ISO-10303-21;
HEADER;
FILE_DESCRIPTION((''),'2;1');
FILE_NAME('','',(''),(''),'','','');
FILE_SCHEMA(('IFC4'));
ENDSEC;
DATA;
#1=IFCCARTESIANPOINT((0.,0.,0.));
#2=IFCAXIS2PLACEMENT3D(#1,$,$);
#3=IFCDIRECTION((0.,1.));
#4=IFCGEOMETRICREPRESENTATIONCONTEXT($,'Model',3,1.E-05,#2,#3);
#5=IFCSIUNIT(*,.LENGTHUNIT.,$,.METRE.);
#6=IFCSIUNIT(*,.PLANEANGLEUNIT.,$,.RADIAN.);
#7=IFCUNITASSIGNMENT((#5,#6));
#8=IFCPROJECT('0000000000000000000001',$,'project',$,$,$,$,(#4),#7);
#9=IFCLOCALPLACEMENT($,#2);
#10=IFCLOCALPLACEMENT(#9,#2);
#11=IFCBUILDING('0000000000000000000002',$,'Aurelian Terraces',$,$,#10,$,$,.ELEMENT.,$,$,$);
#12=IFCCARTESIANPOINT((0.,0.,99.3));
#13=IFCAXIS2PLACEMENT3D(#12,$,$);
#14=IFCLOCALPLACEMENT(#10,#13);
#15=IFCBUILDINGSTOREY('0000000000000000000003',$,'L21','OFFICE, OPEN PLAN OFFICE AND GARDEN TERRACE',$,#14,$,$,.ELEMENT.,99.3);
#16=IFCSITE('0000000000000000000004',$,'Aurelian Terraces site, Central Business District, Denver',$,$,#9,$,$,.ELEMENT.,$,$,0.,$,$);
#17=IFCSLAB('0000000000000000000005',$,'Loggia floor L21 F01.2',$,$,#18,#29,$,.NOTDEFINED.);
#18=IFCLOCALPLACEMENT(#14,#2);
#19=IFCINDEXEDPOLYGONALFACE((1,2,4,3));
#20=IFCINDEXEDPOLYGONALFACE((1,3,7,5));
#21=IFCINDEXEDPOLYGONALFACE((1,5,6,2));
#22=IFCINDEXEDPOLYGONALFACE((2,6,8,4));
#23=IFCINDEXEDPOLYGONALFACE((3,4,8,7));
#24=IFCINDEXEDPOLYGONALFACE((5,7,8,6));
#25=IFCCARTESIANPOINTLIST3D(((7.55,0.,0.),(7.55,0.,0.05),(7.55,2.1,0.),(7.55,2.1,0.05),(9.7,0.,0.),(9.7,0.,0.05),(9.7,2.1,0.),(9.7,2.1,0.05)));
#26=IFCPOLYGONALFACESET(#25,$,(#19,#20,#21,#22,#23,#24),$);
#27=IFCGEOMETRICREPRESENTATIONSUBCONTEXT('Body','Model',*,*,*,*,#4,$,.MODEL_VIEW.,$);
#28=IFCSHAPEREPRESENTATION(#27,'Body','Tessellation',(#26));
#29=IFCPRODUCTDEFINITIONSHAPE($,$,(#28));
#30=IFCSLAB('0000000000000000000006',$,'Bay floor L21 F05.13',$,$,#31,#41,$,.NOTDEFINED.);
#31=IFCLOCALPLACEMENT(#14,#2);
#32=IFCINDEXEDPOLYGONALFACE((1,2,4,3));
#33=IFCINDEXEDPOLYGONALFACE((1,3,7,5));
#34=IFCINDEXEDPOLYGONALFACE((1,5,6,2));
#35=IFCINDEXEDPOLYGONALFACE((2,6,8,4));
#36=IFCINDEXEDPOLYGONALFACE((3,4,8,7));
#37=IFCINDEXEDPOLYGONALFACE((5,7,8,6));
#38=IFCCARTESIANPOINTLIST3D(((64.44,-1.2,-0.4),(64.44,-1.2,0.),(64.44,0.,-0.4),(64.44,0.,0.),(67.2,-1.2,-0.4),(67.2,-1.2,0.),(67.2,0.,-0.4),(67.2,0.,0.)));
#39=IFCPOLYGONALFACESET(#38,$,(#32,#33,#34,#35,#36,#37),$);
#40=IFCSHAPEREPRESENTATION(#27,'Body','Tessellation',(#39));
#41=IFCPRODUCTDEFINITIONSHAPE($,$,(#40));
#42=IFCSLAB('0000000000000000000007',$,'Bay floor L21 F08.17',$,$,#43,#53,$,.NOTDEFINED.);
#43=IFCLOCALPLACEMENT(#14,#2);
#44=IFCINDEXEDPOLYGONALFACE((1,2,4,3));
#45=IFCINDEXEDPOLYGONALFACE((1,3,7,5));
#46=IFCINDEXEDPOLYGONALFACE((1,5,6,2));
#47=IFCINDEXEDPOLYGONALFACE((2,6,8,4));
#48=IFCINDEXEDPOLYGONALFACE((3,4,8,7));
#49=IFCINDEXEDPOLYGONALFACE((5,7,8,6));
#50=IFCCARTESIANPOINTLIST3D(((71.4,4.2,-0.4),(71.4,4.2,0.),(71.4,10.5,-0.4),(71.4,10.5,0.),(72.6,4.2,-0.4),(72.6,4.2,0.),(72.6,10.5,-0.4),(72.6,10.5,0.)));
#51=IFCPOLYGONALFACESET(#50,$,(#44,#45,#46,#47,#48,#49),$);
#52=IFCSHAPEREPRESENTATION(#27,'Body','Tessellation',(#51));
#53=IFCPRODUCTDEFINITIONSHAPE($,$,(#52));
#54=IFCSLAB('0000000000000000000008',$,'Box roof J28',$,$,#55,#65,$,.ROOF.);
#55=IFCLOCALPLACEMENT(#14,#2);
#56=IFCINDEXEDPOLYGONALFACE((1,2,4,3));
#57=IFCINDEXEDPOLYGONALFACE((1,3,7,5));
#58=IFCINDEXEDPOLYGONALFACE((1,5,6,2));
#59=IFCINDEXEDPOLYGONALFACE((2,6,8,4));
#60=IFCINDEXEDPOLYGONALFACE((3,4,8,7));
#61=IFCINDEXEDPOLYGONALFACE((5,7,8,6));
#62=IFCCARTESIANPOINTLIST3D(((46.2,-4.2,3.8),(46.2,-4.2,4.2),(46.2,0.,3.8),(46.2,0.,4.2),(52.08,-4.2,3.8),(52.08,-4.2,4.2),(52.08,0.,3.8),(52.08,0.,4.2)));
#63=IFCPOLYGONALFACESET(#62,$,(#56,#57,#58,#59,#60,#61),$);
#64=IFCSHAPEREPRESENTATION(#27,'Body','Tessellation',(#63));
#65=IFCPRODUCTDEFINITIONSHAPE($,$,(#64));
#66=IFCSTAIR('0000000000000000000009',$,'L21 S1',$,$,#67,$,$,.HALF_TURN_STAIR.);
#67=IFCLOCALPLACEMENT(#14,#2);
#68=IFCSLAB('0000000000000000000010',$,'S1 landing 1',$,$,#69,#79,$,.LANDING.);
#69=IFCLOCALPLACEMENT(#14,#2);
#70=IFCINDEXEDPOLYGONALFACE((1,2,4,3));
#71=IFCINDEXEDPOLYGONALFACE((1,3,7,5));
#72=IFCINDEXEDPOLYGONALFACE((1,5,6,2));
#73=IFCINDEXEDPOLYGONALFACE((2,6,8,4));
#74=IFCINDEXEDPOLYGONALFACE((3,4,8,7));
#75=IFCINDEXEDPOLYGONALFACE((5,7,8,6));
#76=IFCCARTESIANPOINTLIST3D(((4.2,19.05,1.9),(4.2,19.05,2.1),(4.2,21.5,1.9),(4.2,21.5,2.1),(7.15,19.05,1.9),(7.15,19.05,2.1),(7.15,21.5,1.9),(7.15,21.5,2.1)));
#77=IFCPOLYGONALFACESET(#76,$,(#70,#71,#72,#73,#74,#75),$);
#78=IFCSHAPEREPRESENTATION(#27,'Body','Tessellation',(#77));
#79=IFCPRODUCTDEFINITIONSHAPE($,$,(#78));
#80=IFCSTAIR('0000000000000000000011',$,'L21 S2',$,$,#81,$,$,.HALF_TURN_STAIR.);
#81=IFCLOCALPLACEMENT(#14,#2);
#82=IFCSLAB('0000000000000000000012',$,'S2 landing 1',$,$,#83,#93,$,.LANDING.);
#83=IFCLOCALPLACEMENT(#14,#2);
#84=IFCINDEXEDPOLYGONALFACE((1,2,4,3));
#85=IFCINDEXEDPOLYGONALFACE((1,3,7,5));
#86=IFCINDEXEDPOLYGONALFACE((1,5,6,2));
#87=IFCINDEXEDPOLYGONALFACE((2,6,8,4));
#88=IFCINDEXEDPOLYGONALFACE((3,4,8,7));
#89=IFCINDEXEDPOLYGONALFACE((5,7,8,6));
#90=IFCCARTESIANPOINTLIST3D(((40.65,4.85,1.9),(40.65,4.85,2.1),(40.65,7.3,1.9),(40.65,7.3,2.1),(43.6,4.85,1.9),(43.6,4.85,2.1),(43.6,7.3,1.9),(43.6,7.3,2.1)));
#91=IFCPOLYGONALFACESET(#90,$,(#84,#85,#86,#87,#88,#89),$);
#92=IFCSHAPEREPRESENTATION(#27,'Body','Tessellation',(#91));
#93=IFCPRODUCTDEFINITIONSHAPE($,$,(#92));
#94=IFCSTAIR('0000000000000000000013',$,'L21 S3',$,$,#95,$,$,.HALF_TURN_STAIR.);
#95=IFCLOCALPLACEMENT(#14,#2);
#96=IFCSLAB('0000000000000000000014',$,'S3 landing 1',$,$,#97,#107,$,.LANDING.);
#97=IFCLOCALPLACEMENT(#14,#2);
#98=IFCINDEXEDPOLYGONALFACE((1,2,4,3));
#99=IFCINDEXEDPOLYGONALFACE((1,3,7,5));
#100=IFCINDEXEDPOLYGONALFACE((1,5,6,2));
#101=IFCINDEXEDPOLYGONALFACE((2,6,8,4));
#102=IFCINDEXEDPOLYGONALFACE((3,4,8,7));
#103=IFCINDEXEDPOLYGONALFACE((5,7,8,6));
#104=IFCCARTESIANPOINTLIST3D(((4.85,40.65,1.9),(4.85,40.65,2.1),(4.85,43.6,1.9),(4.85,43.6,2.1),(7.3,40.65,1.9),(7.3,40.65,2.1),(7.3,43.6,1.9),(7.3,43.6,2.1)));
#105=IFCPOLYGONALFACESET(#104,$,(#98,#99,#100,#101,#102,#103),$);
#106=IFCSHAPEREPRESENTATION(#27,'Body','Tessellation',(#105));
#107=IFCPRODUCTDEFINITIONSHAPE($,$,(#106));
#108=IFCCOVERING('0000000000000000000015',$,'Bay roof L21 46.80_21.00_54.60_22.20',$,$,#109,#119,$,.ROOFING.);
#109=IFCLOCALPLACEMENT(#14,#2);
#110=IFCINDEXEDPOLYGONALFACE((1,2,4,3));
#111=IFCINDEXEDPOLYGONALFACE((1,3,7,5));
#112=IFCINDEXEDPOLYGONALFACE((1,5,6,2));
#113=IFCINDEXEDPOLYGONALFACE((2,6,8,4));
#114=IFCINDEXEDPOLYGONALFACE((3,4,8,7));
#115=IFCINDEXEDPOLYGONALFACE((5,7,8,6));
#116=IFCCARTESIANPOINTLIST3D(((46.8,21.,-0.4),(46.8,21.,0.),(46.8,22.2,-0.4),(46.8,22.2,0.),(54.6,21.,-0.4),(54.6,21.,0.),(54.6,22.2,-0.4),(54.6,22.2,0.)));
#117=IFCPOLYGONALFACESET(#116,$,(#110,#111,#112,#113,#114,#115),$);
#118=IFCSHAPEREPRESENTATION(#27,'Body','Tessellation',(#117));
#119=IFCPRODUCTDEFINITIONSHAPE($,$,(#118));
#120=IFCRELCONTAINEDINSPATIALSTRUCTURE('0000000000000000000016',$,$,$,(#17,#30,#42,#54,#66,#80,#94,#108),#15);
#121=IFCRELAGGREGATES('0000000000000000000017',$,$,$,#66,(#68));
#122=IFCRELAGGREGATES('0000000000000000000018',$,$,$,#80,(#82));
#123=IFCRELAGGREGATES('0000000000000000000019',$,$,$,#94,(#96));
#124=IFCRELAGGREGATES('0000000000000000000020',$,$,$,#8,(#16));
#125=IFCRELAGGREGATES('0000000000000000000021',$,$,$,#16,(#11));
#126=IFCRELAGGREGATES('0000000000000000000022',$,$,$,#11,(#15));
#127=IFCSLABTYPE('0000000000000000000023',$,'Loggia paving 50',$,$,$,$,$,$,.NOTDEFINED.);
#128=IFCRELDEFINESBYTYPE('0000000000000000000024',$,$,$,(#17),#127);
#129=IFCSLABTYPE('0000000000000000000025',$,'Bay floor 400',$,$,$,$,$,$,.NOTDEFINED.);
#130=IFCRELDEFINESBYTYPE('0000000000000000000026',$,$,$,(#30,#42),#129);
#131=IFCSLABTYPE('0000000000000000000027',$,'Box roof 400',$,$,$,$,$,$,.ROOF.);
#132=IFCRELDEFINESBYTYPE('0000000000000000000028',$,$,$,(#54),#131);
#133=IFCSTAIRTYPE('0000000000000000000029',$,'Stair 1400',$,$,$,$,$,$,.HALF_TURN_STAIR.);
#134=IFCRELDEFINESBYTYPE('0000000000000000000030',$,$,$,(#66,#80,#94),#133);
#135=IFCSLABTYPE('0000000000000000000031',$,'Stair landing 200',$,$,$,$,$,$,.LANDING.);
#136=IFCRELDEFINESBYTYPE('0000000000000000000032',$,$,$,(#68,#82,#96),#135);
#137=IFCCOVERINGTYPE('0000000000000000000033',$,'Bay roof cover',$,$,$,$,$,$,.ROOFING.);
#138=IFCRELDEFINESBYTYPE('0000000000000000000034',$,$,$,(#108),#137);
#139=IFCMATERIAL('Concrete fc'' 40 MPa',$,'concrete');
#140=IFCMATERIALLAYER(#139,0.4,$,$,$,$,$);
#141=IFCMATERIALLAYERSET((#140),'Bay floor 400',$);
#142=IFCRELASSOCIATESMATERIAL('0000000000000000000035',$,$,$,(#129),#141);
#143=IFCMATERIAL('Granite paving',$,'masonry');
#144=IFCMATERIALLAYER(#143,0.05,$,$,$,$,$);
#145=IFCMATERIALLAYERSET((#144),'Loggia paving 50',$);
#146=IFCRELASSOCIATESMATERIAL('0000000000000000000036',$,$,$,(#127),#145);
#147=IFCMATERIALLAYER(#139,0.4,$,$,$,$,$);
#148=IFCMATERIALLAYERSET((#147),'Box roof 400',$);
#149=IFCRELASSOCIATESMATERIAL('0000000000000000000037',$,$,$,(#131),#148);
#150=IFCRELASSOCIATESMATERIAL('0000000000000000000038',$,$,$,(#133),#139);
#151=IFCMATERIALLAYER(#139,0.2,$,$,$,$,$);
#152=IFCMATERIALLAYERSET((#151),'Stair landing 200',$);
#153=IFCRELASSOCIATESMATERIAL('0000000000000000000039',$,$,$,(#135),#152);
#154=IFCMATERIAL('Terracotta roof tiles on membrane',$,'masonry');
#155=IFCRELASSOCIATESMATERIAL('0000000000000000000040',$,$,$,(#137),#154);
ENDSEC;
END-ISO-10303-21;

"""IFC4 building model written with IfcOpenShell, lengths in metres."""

from ifc_helpers import new_model, si_unit, direction, frame, origin, place, context, subcontext, project, spatial, polyline, outline, extrude, source, transform, mapped, material, layer, layer_set, type_object, element, aggregate, save


model = new_model("IFC4")

# Units and contexts
model_context = context("Model", 3, precision=1e-05, world=origin(), true_north=direction((0.0, 1.0)))
body_context = subcontext(model_context, "Body", "Model", "MODEL_VIEW")
ifc_project = project(units=[si_unit("LENGTHUNIT", "METRE"), si_unit("PLANEANGLEUNIT", "RADIAN")], contexts=[model_context])

# Site, building, storey
site_placement = place(None, origin())
site = spatial("IfcSite", under=ifc_project, at=site_placement, Name="Aurelian Terraces site, Central Business District, Denver", CompositionType="ELEMENT", RefElevation=0.0)
building_placement = place(site_placement, origin())
building = spatial("IfcBuilding", under=site, at=building_placement, Name="Aurelian Terraces", CompositionType="ELEMENT")
storey_placement = place(building_placement, frame((0.0, 0.0, 99.3)))
storey = spatial("IfcBuildingStorey", under=building, at=storey_placement, Name="L21", Description="OFFICE, OPEN PLAN OFFICE AND GARDEN TERRACE", CompositionType="ELEMENT", Elevation=99.3)

# Slabs
ifc_material_1 = material(Name="Concrete fc' 40 MPa", Category="concrete")
ifc_layer_1 = layer(ifc_material_1, 0.4)
ifc_layer_set_1 = layer_set([ifc_layer_1], Name="Bay floor 400")
slab_type_1 = type_object("IfcSlabType", Name="Bay floor 400", PredefinedType="NOTDEFINED", material=ifc_layer_set_1)
ifc_material_2 = material(Name="Granite paving", Category="masonry")
ifc_layer_2 = layer(ifc_material_2, 0.05)
ifc_layer_set_2 = layer_set([ifc_layer_2], Name="Loggia paving 50")
slab_type_2 = type_object("IfcSlabType", Name="Loggia paving 50", PredefinedType="NOTDEFINED", material=ifc_layer_set_2)
shared_shape_1 = source(origin(), body_context, "Body", "SweptSolid", [
    extrude(outline(polyline([(7.55, 0.0), (9.7, 0.0), (9.7, 2.1), (7.55, 2.1), (7.55, 0.0)])), origin(), (0.0, 0.0, 1.0), 0.05),
])
slab_1_placement = place(storey_placement, origin())
element("IfcSlab", 1, at=slab_1_placement, inside=storey, type_object=slab_type_2, Name="Loggia floor L21 F01.2", PredefinedType="NOTDEFINED", context=body_context, shape_type="MappedRepresentation", body=[
    mapped(shared_shape_1, transform((0.0, 0.0, 0.0), scale=1.0)),
])
shared_shape_2 = source(origin(), body_context, "Body", "SweptSolid", [
    extrude(outline(polyline([(64.44, 0.0), (67.2, 0.0), (67.2, -1.2), (64.44, -1.2), (64.44, 0.0)])), origin(), (0.0, 0.0, 1.0), 0.4),
])
slab_2_placement = place(storey_placement, frame((0.0, 0.0, -0.4)))
element("IfcSlab", 2, at=slab_2_placement, inside=storey, type_object=slab_type_1, Name="Bay floor L21 F05.13", PredefinedType="NOTDEFINED", context=body_context, shape_type="MappedRepresentation", body=[
    mapped(shared_shape_2, transform((0.0, 0.0, 0.0), scale=1.0)),
])
shared_shape_3 = source(origin(), body_context, "Body", "SweptSolid", [
    extrude(outline(polyline([(71.4, 4.2), (71.4, 10.5), (72.6, 10.5), (72.6, 4.2), (71.4, 4.2)])), origin(), (0.0, 0.0, 1.0), 0.4),
])
slab_3_placement = place(storey_placement, frame((0.0, 0.0, -0.4)))
element("IfcSlab", 3, at=slab_3_placement, inside=storey, type_object=slab_type_1, Name="Bay floor L21 F08.17", PredefinedType="NOTDEFINED", context=body_context, shape_type="MappedRepresentation", body=[
    mapped(shared_shape_3, transform((0.0, 0.0, 0.0), scale=1.0)),
])
ifc_layer_3 = layer(ifc_material_1, 0.4)
ifc_layer_set_3 = layer_set([ifc_layer_3], Name="Box roof 400")
slab_type_3 = type_object("IfcSlabType", Name="Box roof 400", PredefinedType="ROOF", material=ifc_layer_set_3)
shared_shape_4 = source(origin(), body_context, "Body", "SweptSolid", [
    extrude(outline(polyline([(46.2, -4.2), (52.08, -4.2), (52.08, 0.0), (46.2, 0.0), (46.2, -4.2)])), origin(), (0.0, 0.0, 1.0), 0.4),
])
slab_4_placement = place(storey_placement, frame((0.0, 0.0, 3.8)))
element("IfcSlab", 4, at=slab_4_placement, inside=storey, type_object=slab_type_3, Name="Box roof J28", PredefinedType="ROOF", context=body_context, shape_type="MappedRepresentation", body=[
    mapped(shared_shape_4, transform((0.0, 0.0, 0.0), scale=1.0)),
])

# Stairs, slabs
stair_type = type_object("IfcStairType", Name="Stair 1400", PredefinedType="HALF_TURN_STAIR", material=ifc_material_1)
stair_1_placement = place(storey_placement, origin())
stair_1 = element("IfcStair", 5, at=stair_1_placement, inside=storey, type_object=stair_type, Name="L21 S1", PredefinedType="HALF_TURN_STAIR")
ifc_layer_4 = layer(ifc_material_1, 0.2)
ifc_layer_set_4 = layer_set([ifc_layer_4], Name="Stair landing 200")
slab_type_4 = type_object("IfcSlabType", Name="Stair landing 200", PredefinedType="LANDING", material=ifc_layer_set_4)
shared_shape_5 = source(origin(), body_context, "Body", "SweptSolid", [
    extrude(outline(polyline([(7.15, 19.05), (7.15, 21.5), (4.2, 21.5), (4.2, 19.05), (7.15, 19.05)])), origin(), (0.0, 0.0, 1.0), 0.2),
])
slab_5_placement = place(storey_placement, frame((0.0, 0.0, 1.9)))
slab_5 = element("IfcSlab", 6, at=slab_5_placement, type_object=slab_type_4, Name="S1 landing 1", PredefinedType="LANDING", context=body_context, shape_type="MappedRepresentation", body=[
    mapped(shared_shape_5, transform((0.0, 0.0, 0.0), scale=1.0)),
])
aggregate(stair_1, [slab_5])
stair_2_placement = place(storey_placement, origin())
stair_2 = element("IfcStair", 7, at=stair_2_placement, inside=storey, type_object=stair_type, Name="L21 S2", PredefinedType="HALF_TURN_STAIR")
shared_shape_6 = source(origin(), body_context, "Body", "SweptSolid", [
    extrude(outline(polyline([(43.6, 4.85), (43.6, 7.3), (40.65, 7.3), (40.65, 4.85), (43.6, 4.85)])), origin(), (0.0, 0.0, 1.0), 0.2),
])
slab_6_placement = place(storey_placement, frame((0.0, 0.0, 1.9)))
slab_6 = element("IfcSlab", 8, at=slab_6_placement, type_object=slab_type_4, Name="S2 landing 1", PredefinedType="LANDING", context=body_context, shape_type="MappedRepresentation", body=[
    mapped(shared_shape_6, transform((0.0, 0.0, 0.0), scale=1.0)),
])
aggregate(stair_2, [slab_6])
stair_3_placement = place(storey_placement, origin())
stair_3 = element("IfcStair", 9, at=stair_3_placement, inside=storey, type_object=stair_type, Name="L21 S3", PredefinedType="HALF_TURN_STAIR")
shared_shape_7 = source(origin(), body_context, "Body", "SweptSolid", [
    extrude(outline(polyline([(4.85, 40.65), (7.3, 40.65), (7.3, 43.6), (4.85, 43.6), (4.85, 40.65)])), origin(), (0.0, 0.0, 1.0), 0.2),
])
slab_7_placement = place(storey_placement, frame((0.0, 0.0, 1.9)))
slab_7 = element("IfcSlab", 10, at=slab_7_placement, type_object=slab_type_4, Name="S3 landing 1", PredefinedType="LANDING", context=body_context, shape_type="MappedRepresentation", body=[
    mapped(shared_shape_7, transform((0.0, 0.0, 0.0), scale=1.0)),
])
aggregate(stair_3, [slab_7])

# Covering
ifc_material_3 = material(Name="Terracotta roof tiles on membrane", Category="masonry")
covering_type = type_object("IfcCoveringType", Name="Bay roof cover", PredefinedType="ROOFING", material=ifc_material_3)
covering_placement = place(storey_placement, frame((0.0, 0.0, -0.4)))
element("IfcCovering", 11, at=covering_placement, inside=storey, type_object=covering_type, Name="Bay roof L21 46.80_21.00_54.60_22.20", PredefinedType="ROOFING", context=body_context, shape_type="SweptSolid", body=[
    extrude(outline(polyline([(46.8, 21.0), (46.8, 22.2), (54.6, 22.2), (54.6, 21.0), (46.8, 21.0)])), origin(), (0.0, 0.0, 1.0), 0.4),
])

save(model, "model.ifc")
